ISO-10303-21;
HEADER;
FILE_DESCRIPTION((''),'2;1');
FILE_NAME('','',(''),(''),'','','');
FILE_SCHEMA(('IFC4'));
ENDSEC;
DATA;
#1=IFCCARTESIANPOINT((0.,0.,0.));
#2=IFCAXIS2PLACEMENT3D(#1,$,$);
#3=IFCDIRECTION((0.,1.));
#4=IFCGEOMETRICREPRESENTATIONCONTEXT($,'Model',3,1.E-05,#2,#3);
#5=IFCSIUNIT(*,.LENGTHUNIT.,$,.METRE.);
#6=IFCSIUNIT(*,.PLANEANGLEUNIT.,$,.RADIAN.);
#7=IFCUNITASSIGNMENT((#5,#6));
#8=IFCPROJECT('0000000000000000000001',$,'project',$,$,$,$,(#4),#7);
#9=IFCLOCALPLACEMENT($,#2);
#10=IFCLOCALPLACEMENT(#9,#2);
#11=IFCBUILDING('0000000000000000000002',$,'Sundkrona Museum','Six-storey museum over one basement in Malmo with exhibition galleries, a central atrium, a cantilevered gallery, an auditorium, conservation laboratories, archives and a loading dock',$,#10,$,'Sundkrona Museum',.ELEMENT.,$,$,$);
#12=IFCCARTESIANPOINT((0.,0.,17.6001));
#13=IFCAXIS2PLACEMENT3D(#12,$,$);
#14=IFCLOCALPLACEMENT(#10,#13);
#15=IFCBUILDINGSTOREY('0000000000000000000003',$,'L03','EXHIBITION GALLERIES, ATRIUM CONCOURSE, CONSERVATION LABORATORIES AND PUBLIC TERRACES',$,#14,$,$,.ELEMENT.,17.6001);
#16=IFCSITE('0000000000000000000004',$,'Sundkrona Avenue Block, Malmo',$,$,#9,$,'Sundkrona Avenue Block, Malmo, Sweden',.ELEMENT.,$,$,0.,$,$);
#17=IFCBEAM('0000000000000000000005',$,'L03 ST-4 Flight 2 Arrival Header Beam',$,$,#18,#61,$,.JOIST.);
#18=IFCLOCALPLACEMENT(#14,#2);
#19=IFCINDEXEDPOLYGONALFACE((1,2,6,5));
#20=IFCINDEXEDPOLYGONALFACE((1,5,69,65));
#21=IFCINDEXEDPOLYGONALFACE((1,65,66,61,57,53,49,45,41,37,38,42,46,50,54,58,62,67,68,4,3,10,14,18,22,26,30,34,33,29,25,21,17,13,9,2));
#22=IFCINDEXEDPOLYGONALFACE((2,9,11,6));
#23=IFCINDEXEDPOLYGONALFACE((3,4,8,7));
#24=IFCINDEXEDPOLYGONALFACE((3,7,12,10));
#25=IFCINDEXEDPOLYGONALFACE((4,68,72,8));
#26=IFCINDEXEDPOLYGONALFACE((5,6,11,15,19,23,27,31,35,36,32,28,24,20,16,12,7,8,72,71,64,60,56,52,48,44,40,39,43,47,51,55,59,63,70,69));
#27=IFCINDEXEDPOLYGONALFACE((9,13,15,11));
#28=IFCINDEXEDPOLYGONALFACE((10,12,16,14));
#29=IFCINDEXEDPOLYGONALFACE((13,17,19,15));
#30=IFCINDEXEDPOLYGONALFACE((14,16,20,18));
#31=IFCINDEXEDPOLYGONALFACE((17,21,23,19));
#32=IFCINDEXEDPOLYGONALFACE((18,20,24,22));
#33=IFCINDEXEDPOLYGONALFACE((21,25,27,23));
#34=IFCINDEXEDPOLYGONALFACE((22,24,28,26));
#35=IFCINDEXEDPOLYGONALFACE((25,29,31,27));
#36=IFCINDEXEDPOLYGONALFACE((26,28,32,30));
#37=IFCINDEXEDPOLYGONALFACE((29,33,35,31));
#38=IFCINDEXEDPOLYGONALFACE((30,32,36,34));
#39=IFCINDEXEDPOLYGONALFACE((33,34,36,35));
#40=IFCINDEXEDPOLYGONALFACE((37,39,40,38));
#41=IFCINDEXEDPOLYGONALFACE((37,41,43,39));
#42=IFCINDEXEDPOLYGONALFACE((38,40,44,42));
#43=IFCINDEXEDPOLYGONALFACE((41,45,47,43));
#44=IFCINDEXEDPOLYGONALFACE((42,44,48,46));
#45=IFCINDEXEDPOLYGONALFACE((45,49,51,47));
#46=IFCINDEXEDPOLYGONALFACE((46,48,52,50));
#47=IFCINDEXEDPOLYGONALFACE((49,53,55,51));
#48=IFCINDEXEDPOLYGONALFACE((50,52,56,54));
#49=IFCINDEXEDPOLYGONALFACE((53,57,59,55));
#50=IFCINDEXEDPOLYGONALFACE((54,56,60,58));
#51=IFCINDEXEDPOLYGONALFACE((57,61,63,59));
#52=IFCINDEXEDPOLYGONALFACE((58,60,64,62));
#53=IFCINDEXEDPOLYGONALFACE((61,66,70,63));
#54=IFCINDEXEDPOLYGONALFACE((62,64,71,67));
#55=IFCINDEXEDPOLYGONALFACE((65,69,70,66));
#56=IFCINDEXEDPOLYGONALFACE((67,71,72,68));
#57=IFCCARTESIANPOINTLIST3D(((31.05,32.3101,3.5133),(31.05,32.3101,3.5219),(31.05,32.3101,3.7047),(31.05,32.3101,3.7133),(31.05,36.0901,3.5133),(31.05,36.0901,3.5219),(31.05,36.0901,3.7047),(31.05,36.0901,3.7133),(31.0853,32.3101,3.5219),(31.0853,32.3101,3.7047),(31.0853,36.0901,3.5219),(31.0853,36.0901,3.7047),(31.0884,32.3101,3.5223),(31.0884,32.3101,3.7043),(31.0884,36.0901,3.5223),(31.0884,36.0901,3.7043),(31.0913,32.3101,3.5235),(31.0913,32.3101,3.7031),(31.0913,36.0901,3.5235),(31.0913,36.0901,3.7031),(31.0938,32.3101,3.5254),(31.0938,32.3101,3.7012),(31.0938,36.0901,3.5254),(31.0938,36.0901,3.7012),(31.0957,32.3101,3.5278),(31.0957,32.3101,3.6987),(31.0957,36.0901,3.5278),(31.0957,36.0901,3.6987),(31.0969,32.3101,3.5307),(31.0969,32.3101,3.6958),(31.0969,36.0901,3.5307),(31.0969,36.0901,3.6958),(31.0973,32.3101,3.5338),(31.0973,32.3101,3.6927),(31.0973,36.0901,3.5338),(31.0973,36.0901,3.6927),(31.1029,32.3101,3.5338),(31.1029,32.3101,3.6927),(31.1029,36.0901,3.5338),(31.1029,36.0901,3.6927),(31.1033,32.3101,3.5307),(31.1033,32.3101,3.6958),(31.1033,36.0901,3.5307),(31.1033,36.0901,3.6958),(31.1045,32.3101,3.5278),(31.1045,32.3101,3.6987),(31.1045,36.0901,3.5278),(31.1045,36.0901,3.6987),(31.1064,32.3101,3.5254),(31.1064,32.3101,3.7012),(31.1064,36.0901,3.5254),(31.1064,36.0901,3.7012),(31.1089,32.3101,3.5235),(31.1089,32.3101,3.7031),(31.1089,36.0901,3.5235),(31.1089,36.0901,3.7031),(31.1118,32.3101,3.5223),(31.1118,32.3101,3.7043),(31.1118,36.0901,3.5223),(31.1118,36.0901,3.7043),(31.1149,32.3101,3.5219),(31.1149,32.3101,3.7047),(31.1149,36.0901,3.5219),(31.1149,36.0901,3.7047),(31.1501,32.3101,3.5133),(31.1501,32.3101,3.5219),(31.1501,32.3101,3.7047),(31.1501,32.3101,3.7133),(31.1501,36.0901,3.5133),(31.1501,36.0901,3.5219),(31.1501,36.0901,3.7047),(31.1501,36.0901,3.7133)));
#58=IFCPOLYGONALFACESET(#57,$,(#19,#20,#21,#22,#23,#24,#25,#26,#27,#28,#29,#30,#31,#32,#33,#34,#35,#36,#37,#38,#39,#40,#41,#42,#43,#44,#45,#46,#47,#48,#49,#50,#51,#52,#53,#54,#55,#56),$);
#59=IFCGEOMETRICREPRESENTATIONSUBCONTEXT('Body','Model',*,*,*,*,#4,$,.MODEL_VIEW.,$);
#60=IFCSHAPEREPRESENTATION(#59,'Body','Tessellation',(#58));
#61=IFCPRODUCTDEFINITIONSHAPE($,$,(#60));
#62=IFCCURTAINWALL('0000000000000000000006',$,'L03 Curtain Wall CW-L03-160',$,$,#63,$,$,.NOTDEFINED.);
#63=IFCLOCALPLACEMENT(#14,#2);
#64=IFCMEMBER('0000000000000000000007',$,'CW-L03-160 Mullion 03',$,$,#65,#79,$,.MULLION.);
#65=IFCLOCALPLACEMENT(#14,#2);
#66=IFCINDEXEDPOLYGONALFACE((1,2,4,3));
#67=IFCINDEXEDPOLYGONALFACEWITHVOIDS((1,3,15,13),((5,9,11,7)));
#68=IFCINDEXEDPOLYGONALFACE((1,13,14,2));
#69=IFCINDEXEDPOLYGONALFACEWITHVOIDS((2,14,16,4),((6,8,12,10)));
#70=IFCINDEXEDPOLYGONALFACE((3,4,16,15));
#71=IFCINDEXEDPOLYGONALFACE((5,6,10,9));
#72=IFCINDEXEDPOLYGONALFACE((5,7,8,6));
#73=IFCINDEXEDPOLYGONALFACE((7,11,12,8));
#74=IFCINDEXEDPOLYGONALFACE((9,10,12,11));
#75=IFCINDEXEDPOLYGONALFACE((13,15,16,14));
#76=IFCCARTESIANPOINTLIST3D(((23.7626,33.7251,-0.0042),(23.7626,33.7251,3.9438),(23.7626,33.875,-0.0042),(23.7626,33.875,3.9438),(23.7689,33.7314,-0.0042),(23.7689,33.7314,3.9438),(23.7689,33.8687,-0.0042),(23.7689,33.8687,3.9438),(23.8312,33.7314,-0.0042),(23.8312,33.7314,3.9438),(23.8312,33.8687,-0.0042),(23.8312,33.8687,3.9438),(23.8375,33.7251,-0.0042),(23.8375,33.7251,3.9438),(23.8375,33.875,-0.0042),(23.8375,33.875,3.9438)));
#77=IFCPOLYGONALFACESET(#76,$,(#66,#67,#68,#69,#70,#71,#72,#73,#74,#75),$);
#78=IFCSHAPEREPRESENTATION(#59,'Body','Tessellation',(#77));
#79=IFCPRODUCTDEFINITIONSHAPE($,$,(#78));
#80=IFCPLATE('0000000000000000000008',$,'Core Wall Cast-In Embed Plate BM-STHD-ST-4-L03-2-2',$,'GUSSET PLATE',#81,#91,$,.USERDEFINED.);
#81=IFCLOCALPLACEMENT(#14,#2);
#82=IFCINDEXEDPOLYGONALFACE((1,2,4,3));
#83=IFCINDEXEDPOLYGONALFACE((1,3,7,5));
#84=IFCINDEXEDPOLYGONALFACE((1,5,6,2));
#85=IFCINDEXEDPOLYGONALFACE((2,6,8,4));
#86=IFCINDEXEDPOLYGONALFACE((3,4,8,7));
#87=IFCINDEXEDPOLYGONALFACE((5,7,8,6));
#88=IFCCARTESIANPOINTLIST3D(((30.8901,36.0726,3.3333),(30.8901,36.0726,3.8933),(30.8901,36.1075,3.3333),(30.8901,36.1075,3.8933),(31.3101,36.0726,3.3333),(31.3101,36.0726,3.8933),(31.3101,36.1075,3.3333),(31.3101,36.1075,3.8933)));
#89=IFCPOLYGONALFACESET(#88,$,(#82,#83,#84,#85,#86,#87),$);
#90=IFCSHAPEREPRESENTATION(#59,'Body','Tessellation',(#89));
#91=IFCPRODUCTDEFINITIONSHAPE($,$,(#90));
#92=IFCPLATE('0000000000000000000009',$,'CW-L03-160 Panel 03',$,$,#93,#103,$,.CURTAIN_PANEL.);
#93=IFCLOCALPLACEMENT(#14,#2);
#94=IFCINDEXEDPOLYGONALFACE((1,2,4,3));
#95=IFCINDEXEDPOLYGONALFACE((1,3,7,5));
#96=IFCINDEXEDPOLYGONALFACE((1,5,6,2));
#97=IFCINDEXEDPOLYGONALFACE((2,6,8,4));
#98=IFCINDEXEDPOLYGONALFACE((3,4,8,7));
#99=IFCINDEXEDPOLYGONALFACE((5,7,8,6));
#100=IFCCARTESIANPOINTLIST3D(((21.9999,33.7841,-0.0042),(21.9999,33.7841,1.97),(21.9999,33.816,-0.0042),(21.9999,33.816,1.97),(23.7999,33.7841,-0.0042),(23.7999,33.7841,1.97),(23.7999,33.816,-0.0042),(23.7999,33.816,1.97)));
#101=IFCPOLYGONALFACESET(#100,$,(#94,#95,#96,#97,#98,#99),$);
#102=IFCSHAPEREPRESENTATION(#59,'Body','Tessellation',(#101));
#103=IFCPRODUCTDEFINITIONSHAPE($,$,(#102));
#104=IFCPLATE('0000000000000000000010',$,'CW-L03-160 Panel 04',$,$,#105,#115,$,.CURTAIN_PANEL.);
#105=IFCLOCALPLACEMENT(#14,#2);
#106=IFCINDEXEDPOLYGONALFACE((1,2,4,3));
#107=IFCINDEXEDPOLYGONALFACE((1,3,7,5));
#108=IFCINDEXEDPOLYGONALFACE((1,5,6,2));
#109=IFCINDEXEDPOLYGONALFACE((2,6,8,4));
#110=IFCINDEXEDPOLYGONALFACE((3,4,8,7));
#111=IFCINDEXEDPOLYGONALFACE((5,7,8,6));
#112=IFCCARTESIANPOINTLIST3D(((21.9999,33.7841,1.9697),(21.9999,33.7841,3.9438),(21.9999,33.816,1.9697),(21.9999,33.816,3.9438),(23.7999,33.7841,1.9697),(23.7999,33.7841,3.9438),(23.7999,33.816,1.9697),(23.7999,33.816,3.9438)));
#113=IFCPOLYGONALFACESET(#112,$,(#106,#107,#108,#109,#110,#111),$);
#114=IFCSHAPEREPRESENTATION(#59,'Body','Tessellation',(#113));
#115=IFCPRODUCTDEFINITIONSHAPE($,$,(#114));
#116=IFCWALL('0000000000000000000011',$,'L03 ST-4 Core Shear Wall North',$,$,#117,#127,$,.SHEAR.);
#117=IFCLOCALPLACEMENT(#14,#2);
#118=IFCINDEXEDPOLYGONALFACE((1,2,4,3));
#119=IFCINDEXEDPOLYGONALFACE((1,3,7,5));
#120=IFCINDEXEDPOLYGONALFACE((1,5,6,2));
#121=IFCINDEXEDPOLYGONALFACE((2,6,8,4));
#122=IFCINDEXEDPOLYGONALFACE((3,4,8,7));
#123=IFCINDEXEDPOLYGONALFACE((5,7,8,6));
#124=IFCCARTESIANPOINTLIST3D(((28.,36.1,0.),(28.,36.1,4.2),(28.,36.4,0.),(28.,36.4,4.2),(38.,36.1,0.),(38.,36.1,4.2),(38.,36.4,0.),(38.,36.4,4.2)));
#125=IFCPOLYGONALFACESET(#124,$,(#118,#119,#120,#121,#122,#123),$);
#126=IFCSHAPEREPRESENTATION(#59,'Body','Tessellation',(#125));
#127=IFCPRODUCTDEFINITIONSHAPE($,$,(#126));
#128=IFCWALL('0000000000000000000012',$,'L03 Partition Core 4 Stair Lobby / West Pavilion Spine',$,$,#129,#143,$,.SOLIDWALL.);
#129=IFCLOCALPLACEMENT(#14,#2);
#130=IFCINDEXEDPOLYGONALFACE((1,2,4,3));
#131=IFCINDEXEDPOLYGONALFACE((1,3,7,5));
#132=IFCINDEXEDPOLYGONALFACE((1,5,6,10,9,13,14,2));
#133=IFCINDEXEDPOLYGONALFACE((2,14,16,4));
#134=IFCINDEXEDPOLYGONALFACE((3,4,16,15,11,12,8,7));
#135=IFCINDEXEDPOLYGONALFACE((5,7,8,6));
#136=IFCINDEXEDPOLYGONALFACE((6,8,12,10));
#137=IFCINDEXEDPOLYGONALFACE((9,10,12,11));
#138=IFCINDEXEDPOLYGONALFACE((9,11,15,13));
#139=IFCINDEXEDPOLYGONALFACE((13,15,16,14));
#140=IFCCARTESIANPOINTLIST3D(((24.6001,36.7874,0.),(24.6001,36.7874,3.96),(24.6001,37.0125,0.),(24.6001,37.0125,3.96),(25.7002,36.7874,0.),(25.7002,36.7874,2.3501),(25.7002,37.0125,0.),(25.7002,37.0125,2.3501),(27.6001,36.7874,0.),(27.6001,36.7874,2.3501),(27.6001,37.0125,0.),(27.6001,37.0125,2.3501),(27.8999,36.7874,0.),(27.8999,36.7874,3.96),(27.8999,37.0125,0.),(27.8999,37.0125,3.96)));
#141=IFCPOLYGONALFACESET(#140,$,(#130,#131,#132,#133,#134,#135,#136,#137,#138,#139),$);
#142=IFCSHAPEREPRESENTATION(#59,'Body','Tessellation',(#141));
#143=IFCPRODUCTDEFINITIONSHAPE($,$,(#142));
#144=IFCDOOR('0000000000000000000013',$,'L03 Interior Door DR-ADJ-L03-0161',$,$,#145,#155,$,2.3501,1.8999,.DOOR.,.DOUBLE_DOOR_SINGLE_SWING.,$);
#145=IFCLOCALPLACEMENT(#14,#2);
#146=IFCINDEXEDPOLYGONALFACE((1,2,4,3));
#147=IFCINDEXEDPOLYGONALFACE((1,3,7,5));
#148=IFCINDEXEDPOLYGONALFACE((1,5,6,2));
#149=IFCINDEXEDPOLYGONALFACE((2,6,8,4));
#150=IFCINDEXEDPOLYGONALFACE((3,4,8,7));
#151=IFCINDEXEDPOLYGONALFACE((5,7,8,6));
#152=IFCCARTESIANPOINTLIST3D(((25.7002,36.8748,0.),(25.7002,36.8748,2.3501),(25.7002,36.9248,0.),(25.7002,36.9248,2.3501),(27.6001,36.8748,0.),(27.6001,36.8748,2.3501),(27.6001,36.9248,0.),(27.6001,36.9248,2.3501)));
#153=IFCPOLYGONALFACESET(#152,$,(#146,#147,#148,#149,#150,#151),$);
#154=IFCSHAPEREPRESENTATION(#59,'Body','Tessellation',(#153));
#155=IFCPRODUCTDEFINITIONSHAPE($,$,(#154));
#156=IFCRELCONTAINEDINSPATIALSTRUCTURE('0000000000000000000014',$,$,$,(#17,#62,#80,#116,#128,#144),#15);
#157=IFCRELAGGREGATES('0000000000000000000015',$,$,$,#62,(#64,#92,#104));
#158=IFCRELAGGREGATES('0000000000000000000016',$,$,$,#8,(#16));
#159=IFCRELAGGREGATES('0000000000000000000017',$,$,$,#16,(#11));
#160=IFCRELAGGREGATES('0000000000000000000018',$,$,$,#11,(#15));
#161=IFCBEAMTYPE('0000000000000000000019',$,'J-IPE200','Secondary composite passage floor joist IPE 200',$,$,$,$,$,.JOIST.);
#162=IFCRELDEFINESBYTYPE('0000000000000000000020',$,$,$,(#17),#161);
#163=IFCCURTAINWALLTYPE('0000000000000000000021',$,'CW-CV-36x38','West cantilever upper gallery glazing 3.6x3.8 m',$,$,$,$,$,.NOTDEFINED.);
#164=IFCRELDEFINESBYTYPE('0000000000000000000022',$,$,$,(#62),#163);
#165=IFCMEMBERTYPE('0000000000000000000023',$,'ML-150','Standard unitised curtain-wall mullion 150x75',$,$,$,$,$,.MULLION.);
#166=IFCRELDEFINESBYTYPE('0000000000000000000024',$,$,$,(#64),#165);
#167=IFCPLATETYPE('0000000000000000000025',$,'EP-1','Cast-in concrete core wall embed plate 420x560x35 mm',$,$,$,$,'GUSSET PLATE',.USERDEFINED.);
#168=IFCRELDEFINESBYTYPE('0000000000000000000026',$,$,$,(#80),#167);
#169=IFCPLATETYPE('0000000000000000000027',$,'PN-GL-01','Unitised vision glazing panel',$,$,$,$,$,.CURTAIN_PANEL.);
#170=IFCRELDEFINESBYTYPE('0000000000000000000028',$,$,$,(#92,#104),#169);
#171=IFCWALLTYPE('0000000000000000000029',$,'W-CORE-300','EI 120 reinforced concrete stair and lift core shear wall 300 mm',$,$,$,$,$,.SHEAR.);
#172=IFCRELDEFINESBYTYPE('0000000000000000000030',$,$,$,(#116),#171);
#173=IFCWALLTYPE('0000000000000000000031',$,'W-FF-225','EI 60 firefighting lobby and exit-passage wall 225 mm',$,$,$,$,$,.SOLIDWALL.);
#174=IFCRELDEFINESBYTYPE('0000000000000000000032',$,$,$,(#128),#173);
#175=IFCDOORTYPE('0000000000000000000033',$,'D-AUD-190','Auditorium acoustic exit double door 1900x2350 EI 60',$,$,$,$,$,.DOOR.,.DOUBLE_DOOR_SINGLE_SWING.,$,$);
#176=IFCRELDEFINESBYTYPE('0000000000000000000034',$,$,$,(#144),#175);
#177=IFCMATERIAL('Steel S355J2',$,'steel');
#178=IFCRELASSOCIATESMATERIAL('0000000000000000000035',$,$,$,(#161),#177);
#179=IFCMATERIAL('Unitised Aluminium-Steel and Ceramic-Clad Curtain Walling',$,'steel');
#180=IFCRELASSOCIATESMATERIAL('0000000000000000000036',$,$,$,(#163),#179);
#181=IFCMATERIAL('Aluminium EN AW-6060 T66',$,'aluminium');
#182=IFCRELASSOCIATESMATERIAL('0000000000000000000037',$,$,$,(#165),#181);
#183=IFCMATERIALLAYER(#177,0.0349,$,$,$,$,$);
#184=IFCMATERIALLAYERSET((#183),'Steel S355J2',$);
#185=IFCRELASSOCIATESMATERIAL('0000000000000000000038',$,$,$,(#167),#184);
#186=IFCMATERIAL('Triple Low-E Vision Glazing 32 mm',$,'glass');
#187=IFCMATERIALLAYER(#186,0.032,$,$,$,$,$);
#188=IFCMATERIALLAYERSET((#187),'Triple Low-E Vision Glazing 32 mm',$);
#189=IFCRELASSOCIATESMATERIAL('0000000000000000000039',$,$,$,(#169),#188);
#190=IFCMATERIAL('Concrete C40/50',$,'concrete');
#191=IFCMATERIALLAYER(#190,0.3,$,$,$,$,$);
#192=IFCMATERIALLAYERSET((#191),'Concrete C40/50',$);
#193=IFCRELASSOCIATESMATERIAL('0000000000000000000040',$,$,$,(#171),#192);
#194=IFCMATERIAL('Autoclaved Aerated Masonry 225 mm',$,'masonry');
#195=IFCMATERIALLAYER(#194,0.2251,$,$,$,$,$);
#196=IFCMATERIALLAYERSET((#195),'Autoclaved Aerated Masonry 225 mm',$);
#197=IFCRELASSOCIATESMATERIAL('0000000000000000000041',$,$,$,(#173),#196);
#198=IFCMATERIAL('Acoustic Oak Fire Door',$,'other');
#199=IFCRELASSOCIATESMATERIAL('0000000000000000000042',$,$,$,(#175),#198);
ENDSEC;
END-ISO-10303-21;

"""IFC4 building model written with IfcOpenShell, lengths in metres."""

from ifc_helpers import new_model, si_unit, direction, frame, frame_2d, origin, origin_2d, place, context, subcontext, project, spatial, rectangle, hollow_rectangle, i_section, extrude, material, layer, layer_set, material_profile, profile_set, type_object, element, fill, aggregate, save


model = new_model("IFC4")

# Units and contexts
model_context = context("Model", 3, precision=1e-05, world=origin(), true_north=direction((0.0, 1.0)))
body_context = subcontext(model_context, "Body", "Model", "MODEL_VIEW")
ifc_project = project(units=[si_unit("LENGTHUNIT", "METRE"), si_unit("PLANEANGLEUNIT", "RADIAN")], contexts=[model_context])

# Site, building, storey
site_placement = place(None, origin())
site = spatial("IfcSite", under=ifc_project, at=site_placement, Name="Sundkrona Avenue Block, Malmo", LongName="Sundkrona Avenue Block, Malmo, Sweden", CompositionType="ELEMENT", RefElevation=0.0)
building_placement = place(site_placement, origin())
building = spatial("IfcBuilding", under=site, at=building_placement, Name="Sundkrona Museum", Description="Six-storey museum over one basement in Malmo with exhibition galleries, a central atrium, a cantilevered gallery, an auditorium, conservation laboratories, archives and a loading dock", LongName="Sundkrona Museum", CompositionType="ELEMENT")
storey_placement = place(building_placement, frame((0.0, 0.0, 17.6001)))
storey = spatial("IfcBuildingStorey", under=building, at=storey_placement, Name="L03", Description="EXHIBITION GALLERIES, ATRIUM CONCOURSE, CONSERVATION LABORATORIES AND PUBLIC TERRACES", CompositionType="ELEMENT", Elevation=17.6001)

# Beam
ifc_material_1 = material(Name="Steel S355J2", Category="steel")
ifc_material_profile_1 = material_profile(ifc_material_1, i_section(OverallWidth=0.1001, OverallDepth=0.2, WebThickness=0.0056, FlangeThickness=0.0085, FilletRadius=0.012, at=origin_2d()), Name="IPE 200")
ifc_profile_set_1 = profile_set([ifc_material_profile_1], Name="Steel S355J2")
beam_type = type_object("IfcBeamType", Name="J-IPE200", Description="Secondary composite passage floor joist IPE 200", PredefinedType="JOIST", material=ifc_profile_set_1)
beam_placement = place(storey_placement, frame((31.1001, 32.3101, 3.6133), z_axis=(0.0, 1.0, 0.0), x_axis=(-1.0, 0.0, 0.0)))
element("IfcBeam", 1, at=beam_placement, inside=storey, type_object=beam_type, Name="L03 ST-4 Flight 2 Arrival Header Beam", PredefinedType="JOIST", context=body_context, shape_type="SweptSolid", body=[
    extrude(i_section(OverallWidth=0.1001, OverallDepth=0.2, WebThickness=0.0056, FlangeThickness=0.0085, FilletRadius=0.012, at=origin_2d()), origin(), (0.0, 0.0, 1.0), 3.78),
])

# Curtain wall, member
ifc_material_2 = material(Name="Unitised Aluminium-Steel and Ceramic-Clad Curtain Walling", Category="steel")
curtain_wall_type = type_object("IfcCurtainWallType", Name="CW-CV-36x38", Description="West cantilever upper gallery glazing 3.6x3.8 m", PredefinedType="NOTDEFINED", material=ifc_material_2)
curtain_wall_placement = place(storey_placement, origin())
curtain_wall = element("IfcCurtainWall", 2, at=curtain_wall_placement, inside=storey, type_object=curtain_wall_type, Name="L03 Curtain Wall CW-L03-160", PredefinedType="NOTDEFINED")
ifc_material_3 = material(Name="Aluminium EN AW-6060 T66", Category="aluminium")
ifc_material_profile_2 = material_profile(ifc_material_3, hollow_rectangle(XDim=0.075, YDim=0.1499, WallThickness=0.0063, at=origin_2d()), Name="RHS 150x75x6.3")
ifc_profile_set_2 = profile_set([ifc_material_profile_2], Name="Aluminium EN AW-6060 T66")
member_type = type_object("IfcMemberType", Name="ML-150", Description="Standard unitised curtain-wall mullion 150x75", PredefinedType="MULLION", material=ifc_profile_set_2)
member_placement = place(storey_placement, frame((23.8, 33.8, -0.0042), z_axis=(0.0, 0.0, 1.0), x_axis=(1.0, 0.0, 0.0)))
member = element("IfcMember", 3, at=member_placement, type_object=member_type, Name="CW-L03-160 Mullion 03", PredefinedType="MULLION", context=body_context, shape_type="SweptSolid", body=[
    extrude(hollow_rectangle(XDim=0.075, YDim=0.1499, WallThickness=0.0063, at=origin_2d()), origin(), (0.0, 0.0, 1.0), 3.948),
])

# Plates
ifc_layer_1 = layer(ifc_material_1, 0.0349)
ifc_layer_set_1 = layer_set([ifc_layer_1], Name="Steel S355J2")
plate_type_1 = type_object("IfcPlateType", Name="EP-1", Description="Cast-in concrete core wall embed plate 420x560x35 mm", ElementType="GUSSET PLATE", PredefinedType="USERDEFINED", material=ifc_layer_set_1)
plate_1_placement = place(storey_placement, frame((31.1001, 36.0901, 3.3333), z_axis=(0.0, 0.0, 1.0), x_axis=(1.0, 0.0, 0.0)))
element("IfcPlate", 4, at=plate_1_placement, inside=storey, type_object=plate_type_1, Name="Core Wall Cast-In Embed Plate BM-STHD-ST-4-L03-2-2", ObjectType="GUSSET PLATE", PredefinedType="USERDEFINED", context=body_context, shape_type="SweptSolid", body=[
    extrude(rectangle(XDim=0.4199, YDim=0.0349, at=origin_2d()), origin(), (0.0, 0.0, 1.0), 0.5601),
])
ifc_material_4 = material(Name="Triple Low-E Vision Glazing 32 mm", Category="glass")
ifc_layer_2 = layer(ifc_material_4, 0.032)
ifc_layer_set_2 = layer_set([ifc_layer_2], Name="Triple Low-E Vision Glazing 32 mm")
plate_type_2 = type_object("IfcPlateType", Name="PN-GL-01", Description="Unitised vision glazing panel", PredefinedType="CURTAIN_PANEL", material=ifc_layer_set_2)
plate_2_placement = place(storey_placement, frame((22.8999, 33.8, -0.0042), z_axis=(0.0, 0.0, 1.0), x_axis=(1.0, 0.0, 0.0)))
plate_2 = element("IfcPlate", 5, at=plate_2_placement, type_object=plate_type_2, Name="CW-L03-160 Panel 03", PredefinedType="CURTAIN_PANEL", context=body_context, shape_type="SweptSolid", body=[
    extrude(rectangle(XDim=1.8, YDim=0.032, at=origin_2d()), origin(), (0.0, 0.0, 1.0), 1.9741),
])
plate_3_placement = place(storey_placement, frame((22.8999, 33.8, 1.9697), z_axis=(0.0, 0.0, 1.0), x_axis=(1.0, 0.0, 0.0)))
plate_3 = element("IfcPlate", 6, at=plate_3_placement, type_object=plate_type_2, Name="CW-L03-160 Panel 04", PredefinedType="CURTAIN_PANEL", context=body_context, shape_type="SweptSolid", body=[
    extrude(rectangle(XDim=1.8, YDim=0.032, at=origin_2d()), origin(), (0.0, 0.0, 1.0), 1.9741),
])
aggregate(curtain_wall, [member, plate_2, plate_3])

# Wall
ifc_material_5 = material(Name="Concrete C40/50", Category="concrete")
ifc_layer_3 = layer(ifc_material_5, 0.3)
ifc_layer_set_3 = layer_set([ifc_layer_3], Name="Concrete C40/50")
wall_type_1 = type_object("IfcWallType", Name="W-CORE-300", Description="EI 120 reinforced concrete stair and lift core shear wall 300 mm", PredefinedType="SHEAR", material=ifc_layer_set_3)
wall_1_placement = place(storey_placement, frame((28.0, 36.25, 0.0), z_axis=(0.0, 0.0, 1.0), x_axis=(1.0, 0.0, 0.0)))
element("IfcWall", 7, at=wall_1_placement, inside=storey, type_object=wall_type_1, Name="L03 ST-4 Core Shear Wall North", PredefinedType="SHEAR", context=body_context, shape_type="SweptSolid", body=[
    extrude(rectangle(XDim=10.0, YDim=0.3, at=frame_2d((5.0, 0.0))), origin(), (0.0, 0.0, 1.0), 4.2),
])

# Wall, opening, door
ifc_material_6 = material(Name="Autoclaved Aerated Masonry 225 mm", Category="masonry")
ifc_layer_4 = layer(ifc_material_6, 0.2251)
ifc_layer_set_4 = layer_set([ifc_layer_4], Name="Autoclaved Aerated Masonry 225 mm")
wall_type_2 = type_object("IfcWallType", Name="W-FF-225", Description="EI 60 firefighting lobby and exit-passage wall 225 mm", PredefinedType="SOLIDWALL", material=ifc_layer_set_4)
wall_2_placement = place(storey_placement, frame((24.6001, 36.8999, 0.0), z_axis=(0.0, 0.0, 1.0), x_axis=(1.0, 0.0, 0.0)))
wall_2 = element("IfcWall", 8, at=wall_2_placement, inside=storey, type_object=wall_type_2, Name="L03 Partition Core 4 Stair Lobby / West Pavilion Spine", PredefinedType="SOLIDWALL", context=body_context, shape_type="SweptSolid", body=[
    extrude(rectangle(XDim=3.2998, YDim=0.2251, at=frame_2d((1.6499, 0.0))), origin(), (0.0, 0.0, 1.0), 3.96),
])
opening_1_placement = place(wall_2_placement, frame((1.1001, 0.0, 0.0)))
opening_1 = element("IfcOpeningElement", 9, at=opening_1_placement, cuts=wall_2, PredefinedType="OPENING", context=body_context, shape_type="SweptSolid", body=[
    extrude(rectangle(XDim=1.8999, YDim=2.3501, at=frame_2d((0.95, 1.175))), frame((0.0, 0.1226, 0.0), z_axis=(0.0, -1.0, 0.0), x_axis=(1.0, 0.0, 0.0)), (0.0, 0.0, 1.0), 0.2451),
])
ifc_material_7 = material(Name="Acoustic Oak Fire Door", Category="other")
door_type_1 = type_object("IfcDoorType", Name="D-AUD-190", Description="Auditorium acoustic exit double door 1900x2350 EI 60", OperationType="DOUBLE_DOOR_SINGLE_SWING", PredefinedType="DOOR", material=ifc_material_7)
door_1_placement = place(opening_1_placement, origin())
door_1 = element("IfcDoor", 10, at=door_1_placement, inside=storey, type_object=door_type_1, Name="L03 Interior Door DR-ADJ-L03-0161", OperationType="DOUBLE_DOOR_SINGLE_SWING", OverallHeight=2.3501, OverallWidth=1.8999, PredefinedType="DOOR", context=body_context, shape_type="SweptSolid", body=[
    extrude(rectangle(XDim=1.8999, YDim=2.3501, at=frame_2d((0.95, 1.175))), frame((0.0, 0.0249, 0.0), z_axis=(0.0, -1.0, 0.0), x_axis=(1.0, 0.0, 0.0)), (0.0, 0.0, 1.0), 0.05),
])
fill(opening_1, door_1)

save(model, "model.ifc")
